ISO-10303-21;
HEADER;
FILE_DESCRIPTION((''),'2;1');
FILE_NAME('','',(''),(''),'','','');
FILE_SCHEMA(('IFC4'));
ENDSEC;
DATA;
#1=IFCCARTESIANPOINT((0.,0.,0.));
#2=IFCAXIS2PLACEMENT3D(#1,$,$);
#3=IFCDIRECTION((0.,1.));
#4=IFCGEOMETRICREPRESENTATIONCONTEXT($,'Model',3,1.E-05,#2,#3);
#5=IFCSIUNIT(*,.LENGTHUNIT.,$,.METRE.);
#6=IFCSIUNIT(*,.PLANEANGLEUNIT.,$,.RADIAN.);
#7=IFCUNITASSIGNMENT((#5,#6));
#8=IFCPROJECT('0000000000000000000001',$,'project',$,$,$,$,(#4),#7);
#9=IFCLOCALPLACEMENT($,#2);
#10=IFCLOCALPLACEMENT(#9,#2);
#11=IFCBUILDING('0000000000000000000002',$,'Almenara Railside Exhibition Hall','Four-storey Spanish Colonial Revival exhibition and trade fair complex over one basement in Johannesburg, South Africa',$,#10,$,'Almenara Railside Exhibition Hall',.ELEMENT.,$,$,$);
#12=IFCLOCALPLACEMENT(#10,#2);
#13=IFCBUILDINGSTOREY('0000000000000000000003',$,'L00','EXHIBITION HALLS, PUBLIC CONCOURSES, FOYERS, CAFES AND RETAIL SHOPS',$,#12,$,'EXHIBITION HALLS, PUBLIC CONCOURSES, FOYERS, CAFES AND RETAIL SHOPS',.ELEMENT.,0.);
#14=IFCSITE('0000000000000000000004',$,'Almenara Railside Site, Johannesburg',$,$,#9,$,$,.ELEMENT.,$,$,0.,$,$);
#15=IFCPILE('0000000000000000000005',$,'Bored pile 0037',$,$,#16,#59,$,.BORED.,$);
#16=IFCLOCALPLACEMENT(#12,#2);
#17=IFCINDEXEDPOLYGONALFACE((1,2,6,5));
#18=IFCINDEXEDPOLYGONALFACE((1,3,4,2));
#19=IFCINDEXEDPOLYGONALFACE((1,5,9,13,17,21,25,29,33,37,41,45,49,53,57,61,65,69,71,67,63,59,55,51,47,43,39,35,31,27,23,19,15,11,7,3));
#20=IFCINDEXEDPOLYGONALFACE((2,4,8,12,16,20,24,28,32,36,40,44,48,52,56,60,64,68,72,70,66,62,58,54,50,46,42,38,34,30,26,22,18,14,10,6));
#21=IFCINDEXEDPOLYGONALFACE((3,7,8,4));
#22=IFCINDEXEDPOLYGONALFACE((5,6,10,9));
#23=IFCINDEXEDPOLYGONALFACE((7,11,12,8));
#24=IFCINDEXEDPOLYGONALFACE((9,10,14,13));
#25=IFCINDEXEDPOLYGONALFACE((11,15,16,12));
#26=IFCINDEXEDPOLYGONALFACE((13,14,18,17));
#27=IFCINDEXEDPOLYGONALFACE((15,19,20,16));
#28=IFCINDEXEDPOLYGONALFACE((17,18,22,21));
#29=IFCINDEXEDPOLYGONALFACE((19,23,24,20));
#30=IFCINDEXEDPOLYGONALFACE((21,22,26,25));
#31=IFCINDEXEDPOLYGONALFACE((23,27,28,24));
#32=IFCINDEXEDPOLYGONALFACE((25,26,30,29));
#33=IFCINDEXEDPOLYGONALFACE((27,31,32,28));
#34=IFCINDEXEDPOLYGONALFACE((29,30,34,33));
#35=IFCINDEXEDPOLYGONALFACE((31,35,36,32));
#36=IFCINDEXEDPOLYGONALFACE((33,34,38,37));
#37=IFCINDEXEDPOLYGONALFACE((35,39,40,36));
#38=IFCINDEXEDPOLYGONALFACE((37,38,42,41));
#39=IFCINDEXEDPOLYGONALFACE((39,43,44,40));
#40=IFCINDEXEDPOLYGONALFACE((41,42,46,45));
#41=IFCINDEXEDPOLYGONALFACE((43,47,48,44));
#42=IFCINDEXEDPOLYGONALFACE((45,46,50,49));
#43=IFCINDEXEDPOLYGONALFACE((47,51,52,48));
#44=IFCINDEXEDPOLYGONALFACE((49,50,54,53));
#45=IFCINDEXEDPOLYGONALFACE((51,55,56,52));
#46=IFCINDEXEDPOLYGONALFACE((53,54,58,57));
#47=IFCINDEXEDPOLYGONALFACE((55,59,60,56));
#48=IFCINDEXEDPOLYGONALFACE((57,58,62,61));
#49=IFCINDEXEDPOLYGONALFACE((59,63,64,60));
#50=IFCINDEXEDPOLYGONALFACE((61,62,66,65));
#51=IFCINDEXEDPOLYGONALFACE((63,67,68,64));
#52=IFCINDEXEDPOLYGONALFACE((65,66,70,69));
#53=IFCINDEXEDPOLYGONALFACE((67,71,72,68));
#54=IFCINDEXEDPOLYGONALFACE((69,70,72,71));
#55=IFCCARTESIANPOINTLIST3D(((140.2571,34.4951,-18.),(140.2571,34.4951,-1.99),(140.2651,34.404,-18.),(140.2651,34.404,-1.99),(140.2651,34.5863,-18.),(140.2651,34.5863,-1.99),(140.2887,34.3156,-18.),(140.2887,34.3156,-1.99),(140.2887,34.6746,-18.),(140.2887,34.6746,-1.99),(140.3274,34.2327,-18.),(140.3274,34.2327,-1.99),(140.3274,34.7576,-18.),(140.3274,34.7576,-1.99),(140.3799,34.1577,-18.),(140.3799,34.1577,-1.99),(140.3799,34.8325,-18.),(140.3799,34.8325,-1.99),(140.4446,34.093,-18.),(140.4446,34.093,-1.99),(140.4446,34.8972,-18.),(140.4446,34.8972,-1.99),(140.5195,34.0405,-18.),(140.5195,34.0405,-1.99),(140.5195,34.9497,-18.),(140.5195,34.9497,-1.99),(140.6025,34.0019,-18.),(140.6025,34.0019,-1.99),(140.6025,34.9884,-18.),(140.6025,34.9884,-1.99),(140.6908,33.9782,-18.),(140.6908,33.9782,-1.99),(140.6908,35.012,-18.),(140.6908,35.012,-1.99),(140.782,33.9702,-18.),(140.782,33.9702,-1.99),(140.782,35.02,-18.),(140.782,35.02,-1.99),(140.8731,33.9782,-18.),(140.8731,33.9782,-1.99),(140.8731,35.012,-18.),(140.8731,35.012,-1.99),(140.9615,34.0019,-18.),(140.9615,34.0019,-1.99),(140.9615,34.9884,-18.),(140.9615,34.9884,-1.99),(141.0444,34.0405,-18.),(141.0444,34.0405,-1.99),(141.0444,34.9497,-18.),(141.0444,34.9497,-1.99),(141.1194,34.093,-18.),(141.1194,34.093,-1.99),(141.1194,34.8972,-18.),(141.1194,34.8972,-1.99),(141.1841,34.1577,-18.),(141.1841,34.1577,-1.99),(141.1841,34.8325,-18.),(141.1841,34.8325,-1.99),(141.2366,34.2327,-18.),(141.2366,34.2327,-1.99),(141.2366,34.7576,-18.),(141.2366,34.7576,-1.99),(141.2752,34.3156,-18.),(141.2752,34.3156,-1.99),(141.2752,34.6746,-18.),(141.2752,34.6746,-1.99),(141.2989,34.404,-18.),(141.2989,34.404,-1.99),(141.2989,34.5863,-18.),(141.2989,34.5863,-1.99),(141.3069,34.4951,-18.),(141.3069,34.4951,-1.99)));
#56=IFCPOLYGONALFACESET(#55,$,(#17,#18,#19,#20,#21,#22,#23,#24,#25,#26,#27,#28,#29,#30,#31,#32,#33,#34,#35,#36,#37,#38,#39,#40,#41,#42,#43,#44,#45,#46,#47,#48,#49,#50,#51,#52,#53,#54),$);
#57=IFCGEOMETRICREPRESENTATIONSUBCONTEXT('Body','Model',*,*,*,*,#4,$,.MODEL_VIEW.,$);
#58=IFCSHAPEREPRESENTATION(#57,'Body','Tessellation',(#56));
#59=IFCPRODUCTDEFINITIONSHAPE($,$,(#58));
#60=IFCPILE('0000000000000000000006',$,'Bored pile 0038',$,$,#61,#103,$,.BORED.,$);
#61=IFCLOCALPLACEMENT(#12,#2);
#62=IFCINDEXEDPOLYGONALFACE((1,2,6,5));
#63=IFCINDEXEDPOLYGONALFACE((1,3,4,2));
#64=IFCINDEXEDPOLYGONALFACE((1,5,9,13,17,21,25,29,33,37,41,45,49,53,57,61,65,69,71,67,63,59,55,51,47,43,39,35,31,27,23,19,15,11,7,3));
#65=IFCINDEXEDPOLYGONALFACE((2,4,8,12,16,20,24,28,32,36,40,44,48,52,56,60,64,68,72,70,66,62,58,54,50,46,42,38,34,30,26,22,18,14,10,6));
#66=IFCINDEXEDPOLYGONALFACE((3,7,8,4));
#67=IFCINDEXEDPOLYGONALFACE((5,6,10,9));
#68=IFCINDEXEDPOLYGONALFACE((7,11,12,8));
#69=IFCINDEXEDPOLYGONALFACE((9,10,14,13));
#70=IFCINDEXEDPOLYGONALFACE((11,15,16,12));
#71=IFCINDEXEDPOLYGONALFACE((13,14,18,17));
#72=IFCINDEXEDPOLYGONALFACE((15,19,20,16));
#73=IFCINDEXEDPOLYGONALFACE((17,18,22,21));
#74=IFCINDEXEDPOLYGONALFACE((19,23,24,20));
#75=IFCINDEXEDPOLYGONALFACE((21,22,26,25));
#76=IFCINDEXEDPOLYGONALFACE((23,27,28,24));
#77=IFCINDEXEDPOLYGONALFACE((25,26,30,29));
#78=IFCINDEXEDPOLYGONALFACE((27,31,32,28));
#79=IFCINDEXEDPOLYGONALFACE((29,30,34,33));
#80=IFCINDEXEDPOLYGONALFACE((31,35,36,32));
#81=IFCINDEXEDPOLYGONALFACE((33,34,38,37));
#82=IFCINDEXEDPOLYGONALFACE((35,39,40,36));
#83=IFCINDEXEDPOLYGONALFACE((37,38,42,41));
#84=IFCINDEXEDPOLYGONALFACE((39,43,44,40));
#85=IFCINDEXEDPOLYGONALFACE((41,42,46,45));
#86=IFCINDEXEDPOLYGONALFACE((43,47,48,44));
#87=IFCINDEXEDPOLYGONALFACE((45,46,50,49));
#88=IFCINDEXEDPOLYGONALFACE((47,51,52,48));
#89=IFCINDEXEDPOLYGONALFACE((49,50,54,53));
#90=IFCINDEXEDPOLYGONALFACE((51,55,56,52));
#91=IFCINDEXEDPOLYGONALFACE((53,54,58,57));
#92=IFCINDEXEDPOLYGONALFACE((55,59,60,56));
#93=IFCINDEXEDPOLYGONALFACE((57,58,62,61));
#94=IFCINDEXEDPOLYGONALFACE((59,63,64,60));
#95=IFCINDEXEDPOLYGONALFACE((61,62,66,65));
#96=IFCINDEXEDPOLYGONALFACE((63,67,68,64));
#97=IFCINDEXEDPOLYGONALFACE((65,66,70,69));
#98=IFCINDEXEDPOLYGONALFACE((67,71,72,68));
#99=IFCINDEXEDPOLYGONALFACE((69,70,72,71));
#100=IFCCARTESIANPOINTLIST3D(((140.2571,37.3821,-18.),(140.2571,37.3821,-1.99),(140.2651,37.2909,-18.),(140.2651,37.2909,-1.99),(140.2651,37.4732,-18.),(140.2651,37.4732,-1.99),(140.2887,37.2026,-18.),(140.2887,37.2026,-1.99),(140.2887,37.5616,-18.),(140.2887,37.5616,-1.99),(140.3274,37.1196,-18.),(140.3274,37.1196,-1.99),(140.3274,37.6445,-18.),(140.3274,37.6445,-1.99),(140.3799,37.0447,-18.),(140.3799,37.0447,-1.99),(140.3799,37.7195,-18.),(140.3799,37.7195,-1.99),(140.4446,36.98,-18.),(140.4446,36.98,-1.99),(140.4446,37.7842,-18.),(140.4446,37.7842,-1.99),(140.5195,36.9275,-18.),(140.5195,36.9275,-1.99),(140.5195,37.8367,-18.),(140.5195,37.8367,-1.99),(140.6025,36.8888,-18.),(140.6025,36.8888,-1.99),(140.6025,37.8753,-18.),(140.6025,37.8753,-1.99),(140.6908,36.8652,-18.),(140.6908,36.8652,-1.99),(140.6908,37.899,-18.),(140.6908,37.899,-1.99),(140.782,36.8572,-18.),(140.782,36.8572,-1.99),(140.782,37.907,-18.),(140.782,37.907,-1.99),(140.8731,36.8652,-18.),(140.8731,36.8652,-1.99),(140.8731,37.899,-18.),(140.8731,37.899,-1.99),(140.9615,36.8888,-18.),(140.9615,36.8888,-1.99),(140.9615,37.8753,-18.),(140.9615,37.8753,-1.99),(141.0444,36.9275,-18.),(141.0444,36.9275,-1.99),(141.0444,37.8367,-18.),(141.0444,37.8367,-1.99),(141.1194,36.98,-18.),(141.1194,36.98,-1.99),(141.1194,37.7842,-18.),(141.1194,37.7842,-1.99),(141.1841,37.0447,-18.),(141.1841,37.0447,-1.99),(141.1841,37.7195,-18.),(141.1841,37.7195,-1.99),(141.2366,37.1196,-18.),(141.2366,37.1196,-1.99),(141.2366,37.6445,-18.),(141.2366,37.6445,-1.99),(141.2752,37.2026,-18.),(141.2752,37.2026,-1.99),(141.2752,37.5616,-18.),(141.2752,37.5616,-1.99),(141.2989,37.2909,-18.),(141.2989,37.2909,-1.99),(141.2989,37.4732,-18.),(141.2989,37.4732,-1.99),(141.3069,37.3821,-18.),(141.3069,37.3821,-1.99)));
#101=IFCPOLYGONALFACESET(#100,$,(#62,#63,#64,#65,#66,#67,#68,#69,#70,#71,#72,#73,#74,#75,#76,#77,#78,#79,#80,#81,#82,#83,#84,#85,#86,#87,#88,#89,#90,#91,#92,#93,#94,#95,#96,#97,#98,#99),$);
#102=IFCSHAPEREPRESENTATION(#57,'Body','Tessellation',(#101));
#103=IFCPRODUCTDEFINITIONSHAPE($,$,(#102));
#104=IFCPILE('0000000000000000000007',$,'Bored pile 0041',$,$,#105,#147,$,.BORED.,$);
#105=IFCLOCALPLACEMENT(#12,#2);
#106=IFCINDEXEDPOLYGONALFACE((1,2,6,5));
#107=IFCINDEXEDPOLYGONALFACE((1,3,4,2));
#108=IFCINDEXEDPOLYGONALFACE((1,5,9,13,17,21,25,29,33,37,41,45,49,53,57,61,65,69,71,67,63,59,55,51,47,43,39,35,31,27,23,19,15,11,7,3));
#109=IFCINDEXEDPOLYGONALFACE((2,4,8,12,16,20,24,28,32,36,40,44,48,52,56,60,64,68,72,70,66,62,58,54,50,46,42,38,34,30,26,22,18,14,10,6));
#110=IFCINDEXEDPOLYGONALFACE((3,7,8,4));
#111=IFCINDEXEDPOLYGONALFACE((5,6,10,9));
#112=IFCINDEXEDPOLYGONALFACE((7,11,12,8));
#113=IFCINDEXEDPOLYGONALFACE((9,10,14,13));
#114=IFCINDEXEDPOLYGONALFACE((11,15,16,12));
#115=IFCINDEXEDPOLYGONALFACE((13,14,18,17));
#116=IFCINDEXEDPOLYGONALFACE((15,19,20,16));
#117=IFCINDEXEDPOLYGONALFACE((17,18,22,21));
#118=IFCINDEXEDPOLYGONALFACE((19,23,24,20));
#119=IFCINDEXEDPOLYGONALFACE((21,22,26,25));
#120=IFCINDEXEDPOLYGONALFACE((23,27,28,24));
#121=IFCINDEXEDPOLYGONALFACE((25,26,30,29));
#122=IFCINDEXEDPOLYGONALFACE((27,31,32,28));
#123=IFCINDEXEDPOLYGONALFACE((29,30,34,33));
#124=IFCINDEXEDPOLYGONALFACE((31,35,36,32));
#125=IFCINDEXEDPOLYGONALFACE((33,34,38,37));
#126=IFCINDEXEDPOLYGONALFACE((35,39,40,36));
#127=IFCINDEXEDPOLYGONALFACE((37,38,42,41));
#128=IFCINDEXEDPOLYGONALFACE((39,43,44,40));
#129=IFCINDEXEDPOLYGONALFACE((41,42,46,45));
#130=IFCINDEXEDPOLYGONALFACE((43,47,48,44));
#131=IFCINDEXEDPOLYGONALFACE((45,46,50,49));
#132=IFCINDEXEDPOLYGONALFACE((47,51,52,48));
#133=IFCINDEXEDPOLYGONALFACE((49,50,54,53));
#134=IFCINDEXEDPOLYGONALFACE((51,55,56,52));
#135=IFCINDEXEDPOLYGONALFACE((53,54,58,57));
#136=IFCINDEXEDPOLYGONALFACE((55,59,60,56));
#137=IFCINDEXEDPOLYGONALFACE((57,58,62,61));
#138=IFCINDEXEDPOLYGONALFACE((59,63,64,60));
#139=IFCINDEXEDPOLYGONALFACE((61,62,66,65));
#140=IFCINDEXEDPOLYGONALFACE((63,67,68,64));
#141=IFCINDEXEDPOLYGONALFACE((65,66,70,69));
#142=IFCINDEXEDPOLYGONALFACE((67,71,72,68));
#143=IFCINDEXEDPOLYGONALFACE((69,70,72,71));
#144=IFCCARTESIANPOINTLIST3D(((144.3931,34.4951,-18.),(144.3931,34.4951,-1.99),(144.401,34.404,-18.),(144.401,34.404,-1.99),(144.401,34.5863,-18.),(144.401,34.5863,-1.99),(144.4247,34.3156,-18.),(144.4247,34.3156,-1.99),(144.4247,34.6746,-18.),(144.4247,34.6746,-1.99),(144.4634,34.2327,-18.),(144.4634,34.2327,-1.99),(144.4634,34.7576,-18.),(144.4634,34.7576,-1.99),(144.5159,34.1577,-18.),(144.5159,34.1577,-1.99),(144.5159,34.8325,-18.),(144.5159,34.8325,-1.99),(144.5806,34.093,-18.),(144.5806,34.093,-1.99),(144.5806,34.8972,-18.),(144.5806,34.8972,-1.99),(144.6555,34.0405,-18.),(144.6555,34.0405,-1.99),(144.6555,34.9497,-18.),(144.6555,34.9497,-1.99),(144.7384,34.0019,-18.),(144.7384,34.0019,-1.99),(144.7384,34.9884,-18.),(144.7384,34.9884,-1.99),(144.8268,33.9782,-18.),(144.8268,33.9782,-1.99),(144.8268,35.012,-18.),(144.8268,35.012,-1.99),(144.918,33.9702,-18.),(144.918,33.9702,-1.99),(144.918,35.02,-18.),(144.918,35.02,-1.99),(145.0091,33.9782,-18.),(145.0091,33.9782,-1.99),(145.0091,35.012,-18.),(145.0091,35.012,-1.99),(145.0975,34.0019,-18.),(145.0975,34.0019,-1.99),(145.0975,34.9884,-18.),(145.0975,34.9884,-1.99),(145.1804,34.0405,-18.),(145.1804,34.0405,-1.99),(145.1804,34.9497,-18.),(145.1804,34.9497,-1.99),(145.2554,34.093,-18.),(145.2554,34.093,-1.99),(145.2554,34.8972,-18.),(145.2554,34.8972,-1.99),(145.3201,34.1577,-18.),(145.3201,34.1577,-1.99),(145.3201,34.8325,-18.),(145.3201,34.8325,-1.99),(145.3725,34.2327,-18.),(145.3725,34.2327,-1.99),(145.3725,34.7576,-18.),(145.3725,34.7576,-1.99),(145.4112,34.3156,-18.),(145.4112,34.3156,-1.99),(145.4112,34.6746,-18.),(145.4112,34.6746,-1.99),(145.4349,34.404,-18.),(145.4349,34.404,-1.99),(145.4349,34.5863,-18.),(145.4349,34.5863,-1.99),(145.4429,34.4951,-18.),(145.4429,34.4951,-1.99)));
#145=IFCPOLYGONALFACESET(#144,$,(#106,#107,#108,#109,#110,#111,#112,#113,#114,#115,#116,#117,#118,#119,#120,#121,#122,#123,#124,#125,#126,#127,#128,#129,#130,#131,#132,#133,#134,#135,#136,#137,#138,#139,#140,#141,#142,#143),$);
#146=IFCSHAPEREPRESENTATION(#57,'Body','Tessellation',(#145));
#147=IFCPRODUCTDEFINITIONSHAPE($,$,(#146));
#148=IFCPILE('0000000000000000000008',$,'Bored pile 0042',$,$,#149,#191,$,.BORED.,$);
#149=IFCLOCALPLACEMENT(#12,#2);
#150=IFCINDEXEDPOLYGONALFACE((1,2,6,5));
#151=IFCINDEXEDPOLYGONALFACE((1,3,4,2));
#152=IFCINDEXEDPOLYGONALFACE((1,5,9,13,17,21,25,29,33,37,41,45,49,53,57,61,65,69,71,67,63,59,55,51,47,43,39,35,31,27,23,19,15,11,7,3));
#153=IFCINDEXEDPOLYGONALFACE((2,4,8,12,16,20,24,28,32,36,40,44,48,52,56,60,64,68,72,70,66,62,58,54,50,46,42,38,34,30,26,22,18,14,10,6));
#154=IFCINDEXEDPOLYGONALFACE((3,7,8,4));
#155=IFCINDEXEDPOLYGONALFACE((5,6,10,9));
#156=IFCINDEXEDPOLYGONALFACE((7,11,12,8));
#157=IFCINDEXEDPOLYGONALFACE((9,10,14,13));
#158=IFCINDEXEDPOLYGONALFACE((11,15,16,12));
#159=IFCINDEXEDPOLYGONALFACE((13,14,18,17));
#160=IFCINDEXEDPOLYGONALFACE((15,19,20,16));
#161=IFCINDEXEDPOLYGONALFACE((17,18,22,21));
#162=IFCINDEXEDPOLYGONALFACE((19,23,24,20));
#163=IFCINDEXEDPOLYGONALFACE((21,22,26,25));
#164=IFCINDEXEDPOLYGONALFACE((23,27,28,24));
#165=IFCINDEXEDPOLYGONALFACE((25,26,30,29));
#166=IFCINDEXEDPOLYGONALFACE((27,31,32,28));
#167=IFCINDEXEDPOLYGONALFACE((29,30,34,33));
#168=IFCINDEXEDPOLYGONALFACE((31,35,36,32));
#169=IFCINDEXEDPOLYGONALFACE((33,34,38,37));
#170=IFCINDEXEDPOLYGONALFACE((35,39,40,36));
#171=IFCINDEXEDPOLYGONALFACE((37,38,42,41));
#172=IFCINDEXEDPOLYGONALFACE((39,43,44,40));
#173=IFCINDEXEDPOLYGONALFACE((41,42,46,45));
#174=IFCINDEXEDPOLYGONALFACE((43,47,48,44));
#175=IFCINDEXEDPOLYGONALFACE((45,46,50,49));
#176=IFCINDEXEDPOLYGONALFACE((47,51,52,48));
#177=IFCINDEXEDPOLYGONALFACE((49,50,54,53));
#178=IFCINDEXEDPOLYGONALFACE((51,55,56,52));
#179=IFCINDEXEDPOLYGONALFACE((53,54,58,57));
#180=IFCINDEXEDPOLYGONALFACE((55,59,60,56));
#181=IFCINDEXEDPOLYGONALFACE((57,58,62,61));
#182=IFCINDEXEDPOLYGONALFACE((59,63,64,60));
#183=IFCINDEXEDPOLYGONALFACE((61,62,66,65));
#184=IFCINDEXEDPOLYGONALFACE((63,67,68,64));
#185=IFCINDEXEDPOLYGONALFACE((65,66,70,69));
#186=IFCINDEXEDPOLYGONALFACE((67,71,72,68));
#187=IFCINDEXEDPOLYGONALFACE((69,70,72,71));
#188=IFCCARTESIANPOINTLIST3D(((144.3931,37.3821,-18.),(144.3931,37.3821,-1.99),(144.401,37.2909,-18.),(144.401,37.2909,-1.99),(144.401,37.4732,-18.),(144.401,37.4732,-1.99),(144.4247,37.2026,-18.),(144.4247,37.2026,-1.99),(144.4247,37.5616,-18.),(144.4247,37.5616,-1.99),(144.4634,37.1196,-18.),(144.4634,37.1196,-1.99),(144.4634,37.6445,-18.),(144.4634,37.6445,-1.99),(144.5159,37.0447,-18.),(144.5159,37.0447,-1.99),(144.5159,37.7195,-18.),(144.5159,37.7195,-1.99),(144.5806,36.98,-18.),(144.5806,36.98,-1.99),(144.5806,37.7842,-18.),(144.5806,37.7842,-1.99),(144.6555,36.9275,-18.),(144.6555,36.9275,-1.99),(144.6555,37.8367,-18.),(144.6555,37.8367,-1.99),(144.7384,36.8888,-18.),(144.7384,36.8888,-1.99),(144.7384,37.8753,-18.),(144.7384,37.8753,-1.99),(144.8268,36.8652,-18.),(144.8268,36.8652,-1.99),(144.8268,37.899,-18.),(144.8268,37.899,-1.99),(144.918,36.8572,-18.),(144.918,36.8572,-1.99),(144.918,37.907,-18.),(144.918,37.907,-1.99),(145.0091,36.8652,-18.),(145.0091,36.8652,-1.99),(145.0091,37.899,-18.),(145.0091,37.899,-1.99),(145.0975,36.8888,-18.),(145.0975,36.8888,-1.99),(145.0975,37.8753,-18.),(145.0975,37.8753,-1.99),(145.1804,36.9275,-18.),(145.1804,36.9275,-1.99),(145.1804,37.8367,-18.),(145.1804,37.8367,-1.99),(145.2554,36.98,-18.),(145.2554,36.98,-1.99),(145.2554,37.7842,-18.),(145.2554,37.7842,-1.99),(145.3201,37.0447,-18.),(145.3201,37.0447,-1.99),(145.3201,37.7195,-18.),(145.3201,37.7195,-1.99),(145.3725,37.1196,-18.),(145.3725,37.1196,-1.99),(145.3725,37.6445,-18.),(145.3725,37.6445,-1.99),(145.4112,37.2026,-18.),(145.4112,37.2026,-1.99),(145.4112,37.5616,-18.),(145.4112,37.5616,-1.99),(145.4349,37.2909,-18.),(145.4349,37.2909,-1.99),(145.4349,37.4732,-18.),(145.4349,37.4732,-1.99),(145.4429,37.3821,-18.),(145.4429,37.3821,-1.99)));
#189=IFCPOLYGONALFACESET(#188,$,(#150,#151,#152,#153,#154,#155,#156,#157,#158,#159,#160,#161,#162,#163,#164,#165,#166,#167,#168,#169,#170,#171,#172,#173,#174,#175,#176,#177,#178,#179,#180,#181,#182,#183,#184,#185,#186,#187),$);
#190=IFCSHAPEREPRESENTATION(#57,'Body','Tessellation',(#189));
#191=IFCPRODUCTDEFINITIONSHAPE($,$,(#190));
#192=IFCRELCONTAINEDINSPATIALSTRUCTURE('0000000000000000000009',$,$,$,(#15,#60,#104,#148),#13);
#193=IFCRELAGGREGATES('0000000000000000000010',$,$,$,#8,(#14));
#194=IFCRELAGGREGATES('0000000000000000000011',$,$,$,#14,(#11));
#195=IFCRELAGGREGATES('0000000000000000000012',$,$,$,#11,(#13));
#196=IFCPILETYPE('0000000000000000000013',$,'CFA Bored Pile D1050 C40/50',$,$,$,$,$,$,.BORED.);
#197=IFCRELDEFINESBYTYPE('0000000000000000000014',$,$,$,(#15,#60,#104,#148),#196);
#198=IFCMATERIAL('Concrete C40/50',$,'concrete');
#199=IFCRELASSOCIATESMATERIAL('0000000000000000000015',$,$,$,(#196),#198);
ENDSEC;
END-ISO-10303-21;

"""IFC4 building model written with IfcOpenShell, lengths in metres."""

from ifc_helpers import new_model, si_unit, direction, frame, origin, origin_2d, place, context, subcontext, project, spatial, circle, extrude, material, material_profile, profile_set, type_object, element, save


model = new_model("IFC4")

# Units and contexts
model_context = context("Model", 3, precision=1e-05, world=origin(), true_north=direction((0.0, 1.0)))
body_context = subcontext(model_context, "Body", "Model", "MODEL_VIEW")
ifc_project = project(units=[si_unit("LENGTHUNIT", "METRE"), si_unit("PLANEANGLEUNIT", "RADIAN")], contexts=[model_context])

# Site, building, storey
site_placement = place(None, origin())
site = spatial("IfcSite", under=ifc_project, at=site_placement, Name="Almenara Railside Site, Johannesburg", CompositionType="ELEMENT", RefElevation=0.0)
building_placement = place(site_placement, origin())
building = spatial("IfcBuilding", under=site, at=building_placement, Name="Almenara Railside Exhibition Hall", Description="Four-storey Spanish Colonial Revival exhibition and trade fair complex over one basement in Johannesburg, South Africa", LongName="Almenara Railside Exhibition Hall", CompositionType="ELEMENT")
storey_placement = place(building_placement, origin())
storey = spatial("IfcBuildingStorey", under=building, at=storey_placement, Name="L00", Description="EXHIBITION HALLS, PUBLIC CONCOURSES, FOYERS, CAFES AND RETAIL SHOPS", LongName="EXHIBITION HALLS, PUBLIC CONCOURSES, FOYERS, CAFES AND RETAIL SHOPS", CompositionType="ELEMENT", Elevation=0.0)

# Piles
ifc_material_1 = material(Name="Concrete C40/50", Category="concrete")
ifc_material_profile_1 = material_profile(ifc_material_1, circle(Radius=0.5249, at=origin_2d()), Name="CFA-PILE D1050")
ifc_profile_set_1 = profile_set([ifc_material_profile_1], Name="Concrete C40/50")
pile_type = type_object("IfcPileType", Name="CFA Bored Pile D1050 C40/50", PredefinedType="BORED", material=ifc_profile_set_1)
for number, where, z_axis, x_axis, name in (
    (1, (140.782, 34.4951, -1.99), (0.0, 0.0, -1.0), (1.0, 0.0, 0.0), "Bored pile 0037"),
    (2, (140.782, 37.3821, -1.99), (0.0, 0.0, -1.0), (1.0, 0.0, 0.0), "Bored pile 0038"),
    (3, (144.918, 34.4951, -1.99), (0.0, 0.0, -1.0), (1.0, 0.0, 0.0), "Bored pile 0041"),
    (4, (144.918, 37.3821, -1.99), (0.0, 0.0, -1.0), (1.0, 0.0, 0.0), "Bored pile 0042"),
):
    element("IfcPile", number, at=place(storey_placement, frame(where, z_axis=z_axis, x_axis=x_axis)), inside=storey, type_object=pile_type, Name=name, PredefinedType="BORED", context=body_context, shape_type="SweptSolid", body=[
        extrude(circle(Radius=0.5249, at=origin_2d()), origin(), (0.0, 0.0, 1.0), 16.01),
    ])

save(model, "model.ifc")
